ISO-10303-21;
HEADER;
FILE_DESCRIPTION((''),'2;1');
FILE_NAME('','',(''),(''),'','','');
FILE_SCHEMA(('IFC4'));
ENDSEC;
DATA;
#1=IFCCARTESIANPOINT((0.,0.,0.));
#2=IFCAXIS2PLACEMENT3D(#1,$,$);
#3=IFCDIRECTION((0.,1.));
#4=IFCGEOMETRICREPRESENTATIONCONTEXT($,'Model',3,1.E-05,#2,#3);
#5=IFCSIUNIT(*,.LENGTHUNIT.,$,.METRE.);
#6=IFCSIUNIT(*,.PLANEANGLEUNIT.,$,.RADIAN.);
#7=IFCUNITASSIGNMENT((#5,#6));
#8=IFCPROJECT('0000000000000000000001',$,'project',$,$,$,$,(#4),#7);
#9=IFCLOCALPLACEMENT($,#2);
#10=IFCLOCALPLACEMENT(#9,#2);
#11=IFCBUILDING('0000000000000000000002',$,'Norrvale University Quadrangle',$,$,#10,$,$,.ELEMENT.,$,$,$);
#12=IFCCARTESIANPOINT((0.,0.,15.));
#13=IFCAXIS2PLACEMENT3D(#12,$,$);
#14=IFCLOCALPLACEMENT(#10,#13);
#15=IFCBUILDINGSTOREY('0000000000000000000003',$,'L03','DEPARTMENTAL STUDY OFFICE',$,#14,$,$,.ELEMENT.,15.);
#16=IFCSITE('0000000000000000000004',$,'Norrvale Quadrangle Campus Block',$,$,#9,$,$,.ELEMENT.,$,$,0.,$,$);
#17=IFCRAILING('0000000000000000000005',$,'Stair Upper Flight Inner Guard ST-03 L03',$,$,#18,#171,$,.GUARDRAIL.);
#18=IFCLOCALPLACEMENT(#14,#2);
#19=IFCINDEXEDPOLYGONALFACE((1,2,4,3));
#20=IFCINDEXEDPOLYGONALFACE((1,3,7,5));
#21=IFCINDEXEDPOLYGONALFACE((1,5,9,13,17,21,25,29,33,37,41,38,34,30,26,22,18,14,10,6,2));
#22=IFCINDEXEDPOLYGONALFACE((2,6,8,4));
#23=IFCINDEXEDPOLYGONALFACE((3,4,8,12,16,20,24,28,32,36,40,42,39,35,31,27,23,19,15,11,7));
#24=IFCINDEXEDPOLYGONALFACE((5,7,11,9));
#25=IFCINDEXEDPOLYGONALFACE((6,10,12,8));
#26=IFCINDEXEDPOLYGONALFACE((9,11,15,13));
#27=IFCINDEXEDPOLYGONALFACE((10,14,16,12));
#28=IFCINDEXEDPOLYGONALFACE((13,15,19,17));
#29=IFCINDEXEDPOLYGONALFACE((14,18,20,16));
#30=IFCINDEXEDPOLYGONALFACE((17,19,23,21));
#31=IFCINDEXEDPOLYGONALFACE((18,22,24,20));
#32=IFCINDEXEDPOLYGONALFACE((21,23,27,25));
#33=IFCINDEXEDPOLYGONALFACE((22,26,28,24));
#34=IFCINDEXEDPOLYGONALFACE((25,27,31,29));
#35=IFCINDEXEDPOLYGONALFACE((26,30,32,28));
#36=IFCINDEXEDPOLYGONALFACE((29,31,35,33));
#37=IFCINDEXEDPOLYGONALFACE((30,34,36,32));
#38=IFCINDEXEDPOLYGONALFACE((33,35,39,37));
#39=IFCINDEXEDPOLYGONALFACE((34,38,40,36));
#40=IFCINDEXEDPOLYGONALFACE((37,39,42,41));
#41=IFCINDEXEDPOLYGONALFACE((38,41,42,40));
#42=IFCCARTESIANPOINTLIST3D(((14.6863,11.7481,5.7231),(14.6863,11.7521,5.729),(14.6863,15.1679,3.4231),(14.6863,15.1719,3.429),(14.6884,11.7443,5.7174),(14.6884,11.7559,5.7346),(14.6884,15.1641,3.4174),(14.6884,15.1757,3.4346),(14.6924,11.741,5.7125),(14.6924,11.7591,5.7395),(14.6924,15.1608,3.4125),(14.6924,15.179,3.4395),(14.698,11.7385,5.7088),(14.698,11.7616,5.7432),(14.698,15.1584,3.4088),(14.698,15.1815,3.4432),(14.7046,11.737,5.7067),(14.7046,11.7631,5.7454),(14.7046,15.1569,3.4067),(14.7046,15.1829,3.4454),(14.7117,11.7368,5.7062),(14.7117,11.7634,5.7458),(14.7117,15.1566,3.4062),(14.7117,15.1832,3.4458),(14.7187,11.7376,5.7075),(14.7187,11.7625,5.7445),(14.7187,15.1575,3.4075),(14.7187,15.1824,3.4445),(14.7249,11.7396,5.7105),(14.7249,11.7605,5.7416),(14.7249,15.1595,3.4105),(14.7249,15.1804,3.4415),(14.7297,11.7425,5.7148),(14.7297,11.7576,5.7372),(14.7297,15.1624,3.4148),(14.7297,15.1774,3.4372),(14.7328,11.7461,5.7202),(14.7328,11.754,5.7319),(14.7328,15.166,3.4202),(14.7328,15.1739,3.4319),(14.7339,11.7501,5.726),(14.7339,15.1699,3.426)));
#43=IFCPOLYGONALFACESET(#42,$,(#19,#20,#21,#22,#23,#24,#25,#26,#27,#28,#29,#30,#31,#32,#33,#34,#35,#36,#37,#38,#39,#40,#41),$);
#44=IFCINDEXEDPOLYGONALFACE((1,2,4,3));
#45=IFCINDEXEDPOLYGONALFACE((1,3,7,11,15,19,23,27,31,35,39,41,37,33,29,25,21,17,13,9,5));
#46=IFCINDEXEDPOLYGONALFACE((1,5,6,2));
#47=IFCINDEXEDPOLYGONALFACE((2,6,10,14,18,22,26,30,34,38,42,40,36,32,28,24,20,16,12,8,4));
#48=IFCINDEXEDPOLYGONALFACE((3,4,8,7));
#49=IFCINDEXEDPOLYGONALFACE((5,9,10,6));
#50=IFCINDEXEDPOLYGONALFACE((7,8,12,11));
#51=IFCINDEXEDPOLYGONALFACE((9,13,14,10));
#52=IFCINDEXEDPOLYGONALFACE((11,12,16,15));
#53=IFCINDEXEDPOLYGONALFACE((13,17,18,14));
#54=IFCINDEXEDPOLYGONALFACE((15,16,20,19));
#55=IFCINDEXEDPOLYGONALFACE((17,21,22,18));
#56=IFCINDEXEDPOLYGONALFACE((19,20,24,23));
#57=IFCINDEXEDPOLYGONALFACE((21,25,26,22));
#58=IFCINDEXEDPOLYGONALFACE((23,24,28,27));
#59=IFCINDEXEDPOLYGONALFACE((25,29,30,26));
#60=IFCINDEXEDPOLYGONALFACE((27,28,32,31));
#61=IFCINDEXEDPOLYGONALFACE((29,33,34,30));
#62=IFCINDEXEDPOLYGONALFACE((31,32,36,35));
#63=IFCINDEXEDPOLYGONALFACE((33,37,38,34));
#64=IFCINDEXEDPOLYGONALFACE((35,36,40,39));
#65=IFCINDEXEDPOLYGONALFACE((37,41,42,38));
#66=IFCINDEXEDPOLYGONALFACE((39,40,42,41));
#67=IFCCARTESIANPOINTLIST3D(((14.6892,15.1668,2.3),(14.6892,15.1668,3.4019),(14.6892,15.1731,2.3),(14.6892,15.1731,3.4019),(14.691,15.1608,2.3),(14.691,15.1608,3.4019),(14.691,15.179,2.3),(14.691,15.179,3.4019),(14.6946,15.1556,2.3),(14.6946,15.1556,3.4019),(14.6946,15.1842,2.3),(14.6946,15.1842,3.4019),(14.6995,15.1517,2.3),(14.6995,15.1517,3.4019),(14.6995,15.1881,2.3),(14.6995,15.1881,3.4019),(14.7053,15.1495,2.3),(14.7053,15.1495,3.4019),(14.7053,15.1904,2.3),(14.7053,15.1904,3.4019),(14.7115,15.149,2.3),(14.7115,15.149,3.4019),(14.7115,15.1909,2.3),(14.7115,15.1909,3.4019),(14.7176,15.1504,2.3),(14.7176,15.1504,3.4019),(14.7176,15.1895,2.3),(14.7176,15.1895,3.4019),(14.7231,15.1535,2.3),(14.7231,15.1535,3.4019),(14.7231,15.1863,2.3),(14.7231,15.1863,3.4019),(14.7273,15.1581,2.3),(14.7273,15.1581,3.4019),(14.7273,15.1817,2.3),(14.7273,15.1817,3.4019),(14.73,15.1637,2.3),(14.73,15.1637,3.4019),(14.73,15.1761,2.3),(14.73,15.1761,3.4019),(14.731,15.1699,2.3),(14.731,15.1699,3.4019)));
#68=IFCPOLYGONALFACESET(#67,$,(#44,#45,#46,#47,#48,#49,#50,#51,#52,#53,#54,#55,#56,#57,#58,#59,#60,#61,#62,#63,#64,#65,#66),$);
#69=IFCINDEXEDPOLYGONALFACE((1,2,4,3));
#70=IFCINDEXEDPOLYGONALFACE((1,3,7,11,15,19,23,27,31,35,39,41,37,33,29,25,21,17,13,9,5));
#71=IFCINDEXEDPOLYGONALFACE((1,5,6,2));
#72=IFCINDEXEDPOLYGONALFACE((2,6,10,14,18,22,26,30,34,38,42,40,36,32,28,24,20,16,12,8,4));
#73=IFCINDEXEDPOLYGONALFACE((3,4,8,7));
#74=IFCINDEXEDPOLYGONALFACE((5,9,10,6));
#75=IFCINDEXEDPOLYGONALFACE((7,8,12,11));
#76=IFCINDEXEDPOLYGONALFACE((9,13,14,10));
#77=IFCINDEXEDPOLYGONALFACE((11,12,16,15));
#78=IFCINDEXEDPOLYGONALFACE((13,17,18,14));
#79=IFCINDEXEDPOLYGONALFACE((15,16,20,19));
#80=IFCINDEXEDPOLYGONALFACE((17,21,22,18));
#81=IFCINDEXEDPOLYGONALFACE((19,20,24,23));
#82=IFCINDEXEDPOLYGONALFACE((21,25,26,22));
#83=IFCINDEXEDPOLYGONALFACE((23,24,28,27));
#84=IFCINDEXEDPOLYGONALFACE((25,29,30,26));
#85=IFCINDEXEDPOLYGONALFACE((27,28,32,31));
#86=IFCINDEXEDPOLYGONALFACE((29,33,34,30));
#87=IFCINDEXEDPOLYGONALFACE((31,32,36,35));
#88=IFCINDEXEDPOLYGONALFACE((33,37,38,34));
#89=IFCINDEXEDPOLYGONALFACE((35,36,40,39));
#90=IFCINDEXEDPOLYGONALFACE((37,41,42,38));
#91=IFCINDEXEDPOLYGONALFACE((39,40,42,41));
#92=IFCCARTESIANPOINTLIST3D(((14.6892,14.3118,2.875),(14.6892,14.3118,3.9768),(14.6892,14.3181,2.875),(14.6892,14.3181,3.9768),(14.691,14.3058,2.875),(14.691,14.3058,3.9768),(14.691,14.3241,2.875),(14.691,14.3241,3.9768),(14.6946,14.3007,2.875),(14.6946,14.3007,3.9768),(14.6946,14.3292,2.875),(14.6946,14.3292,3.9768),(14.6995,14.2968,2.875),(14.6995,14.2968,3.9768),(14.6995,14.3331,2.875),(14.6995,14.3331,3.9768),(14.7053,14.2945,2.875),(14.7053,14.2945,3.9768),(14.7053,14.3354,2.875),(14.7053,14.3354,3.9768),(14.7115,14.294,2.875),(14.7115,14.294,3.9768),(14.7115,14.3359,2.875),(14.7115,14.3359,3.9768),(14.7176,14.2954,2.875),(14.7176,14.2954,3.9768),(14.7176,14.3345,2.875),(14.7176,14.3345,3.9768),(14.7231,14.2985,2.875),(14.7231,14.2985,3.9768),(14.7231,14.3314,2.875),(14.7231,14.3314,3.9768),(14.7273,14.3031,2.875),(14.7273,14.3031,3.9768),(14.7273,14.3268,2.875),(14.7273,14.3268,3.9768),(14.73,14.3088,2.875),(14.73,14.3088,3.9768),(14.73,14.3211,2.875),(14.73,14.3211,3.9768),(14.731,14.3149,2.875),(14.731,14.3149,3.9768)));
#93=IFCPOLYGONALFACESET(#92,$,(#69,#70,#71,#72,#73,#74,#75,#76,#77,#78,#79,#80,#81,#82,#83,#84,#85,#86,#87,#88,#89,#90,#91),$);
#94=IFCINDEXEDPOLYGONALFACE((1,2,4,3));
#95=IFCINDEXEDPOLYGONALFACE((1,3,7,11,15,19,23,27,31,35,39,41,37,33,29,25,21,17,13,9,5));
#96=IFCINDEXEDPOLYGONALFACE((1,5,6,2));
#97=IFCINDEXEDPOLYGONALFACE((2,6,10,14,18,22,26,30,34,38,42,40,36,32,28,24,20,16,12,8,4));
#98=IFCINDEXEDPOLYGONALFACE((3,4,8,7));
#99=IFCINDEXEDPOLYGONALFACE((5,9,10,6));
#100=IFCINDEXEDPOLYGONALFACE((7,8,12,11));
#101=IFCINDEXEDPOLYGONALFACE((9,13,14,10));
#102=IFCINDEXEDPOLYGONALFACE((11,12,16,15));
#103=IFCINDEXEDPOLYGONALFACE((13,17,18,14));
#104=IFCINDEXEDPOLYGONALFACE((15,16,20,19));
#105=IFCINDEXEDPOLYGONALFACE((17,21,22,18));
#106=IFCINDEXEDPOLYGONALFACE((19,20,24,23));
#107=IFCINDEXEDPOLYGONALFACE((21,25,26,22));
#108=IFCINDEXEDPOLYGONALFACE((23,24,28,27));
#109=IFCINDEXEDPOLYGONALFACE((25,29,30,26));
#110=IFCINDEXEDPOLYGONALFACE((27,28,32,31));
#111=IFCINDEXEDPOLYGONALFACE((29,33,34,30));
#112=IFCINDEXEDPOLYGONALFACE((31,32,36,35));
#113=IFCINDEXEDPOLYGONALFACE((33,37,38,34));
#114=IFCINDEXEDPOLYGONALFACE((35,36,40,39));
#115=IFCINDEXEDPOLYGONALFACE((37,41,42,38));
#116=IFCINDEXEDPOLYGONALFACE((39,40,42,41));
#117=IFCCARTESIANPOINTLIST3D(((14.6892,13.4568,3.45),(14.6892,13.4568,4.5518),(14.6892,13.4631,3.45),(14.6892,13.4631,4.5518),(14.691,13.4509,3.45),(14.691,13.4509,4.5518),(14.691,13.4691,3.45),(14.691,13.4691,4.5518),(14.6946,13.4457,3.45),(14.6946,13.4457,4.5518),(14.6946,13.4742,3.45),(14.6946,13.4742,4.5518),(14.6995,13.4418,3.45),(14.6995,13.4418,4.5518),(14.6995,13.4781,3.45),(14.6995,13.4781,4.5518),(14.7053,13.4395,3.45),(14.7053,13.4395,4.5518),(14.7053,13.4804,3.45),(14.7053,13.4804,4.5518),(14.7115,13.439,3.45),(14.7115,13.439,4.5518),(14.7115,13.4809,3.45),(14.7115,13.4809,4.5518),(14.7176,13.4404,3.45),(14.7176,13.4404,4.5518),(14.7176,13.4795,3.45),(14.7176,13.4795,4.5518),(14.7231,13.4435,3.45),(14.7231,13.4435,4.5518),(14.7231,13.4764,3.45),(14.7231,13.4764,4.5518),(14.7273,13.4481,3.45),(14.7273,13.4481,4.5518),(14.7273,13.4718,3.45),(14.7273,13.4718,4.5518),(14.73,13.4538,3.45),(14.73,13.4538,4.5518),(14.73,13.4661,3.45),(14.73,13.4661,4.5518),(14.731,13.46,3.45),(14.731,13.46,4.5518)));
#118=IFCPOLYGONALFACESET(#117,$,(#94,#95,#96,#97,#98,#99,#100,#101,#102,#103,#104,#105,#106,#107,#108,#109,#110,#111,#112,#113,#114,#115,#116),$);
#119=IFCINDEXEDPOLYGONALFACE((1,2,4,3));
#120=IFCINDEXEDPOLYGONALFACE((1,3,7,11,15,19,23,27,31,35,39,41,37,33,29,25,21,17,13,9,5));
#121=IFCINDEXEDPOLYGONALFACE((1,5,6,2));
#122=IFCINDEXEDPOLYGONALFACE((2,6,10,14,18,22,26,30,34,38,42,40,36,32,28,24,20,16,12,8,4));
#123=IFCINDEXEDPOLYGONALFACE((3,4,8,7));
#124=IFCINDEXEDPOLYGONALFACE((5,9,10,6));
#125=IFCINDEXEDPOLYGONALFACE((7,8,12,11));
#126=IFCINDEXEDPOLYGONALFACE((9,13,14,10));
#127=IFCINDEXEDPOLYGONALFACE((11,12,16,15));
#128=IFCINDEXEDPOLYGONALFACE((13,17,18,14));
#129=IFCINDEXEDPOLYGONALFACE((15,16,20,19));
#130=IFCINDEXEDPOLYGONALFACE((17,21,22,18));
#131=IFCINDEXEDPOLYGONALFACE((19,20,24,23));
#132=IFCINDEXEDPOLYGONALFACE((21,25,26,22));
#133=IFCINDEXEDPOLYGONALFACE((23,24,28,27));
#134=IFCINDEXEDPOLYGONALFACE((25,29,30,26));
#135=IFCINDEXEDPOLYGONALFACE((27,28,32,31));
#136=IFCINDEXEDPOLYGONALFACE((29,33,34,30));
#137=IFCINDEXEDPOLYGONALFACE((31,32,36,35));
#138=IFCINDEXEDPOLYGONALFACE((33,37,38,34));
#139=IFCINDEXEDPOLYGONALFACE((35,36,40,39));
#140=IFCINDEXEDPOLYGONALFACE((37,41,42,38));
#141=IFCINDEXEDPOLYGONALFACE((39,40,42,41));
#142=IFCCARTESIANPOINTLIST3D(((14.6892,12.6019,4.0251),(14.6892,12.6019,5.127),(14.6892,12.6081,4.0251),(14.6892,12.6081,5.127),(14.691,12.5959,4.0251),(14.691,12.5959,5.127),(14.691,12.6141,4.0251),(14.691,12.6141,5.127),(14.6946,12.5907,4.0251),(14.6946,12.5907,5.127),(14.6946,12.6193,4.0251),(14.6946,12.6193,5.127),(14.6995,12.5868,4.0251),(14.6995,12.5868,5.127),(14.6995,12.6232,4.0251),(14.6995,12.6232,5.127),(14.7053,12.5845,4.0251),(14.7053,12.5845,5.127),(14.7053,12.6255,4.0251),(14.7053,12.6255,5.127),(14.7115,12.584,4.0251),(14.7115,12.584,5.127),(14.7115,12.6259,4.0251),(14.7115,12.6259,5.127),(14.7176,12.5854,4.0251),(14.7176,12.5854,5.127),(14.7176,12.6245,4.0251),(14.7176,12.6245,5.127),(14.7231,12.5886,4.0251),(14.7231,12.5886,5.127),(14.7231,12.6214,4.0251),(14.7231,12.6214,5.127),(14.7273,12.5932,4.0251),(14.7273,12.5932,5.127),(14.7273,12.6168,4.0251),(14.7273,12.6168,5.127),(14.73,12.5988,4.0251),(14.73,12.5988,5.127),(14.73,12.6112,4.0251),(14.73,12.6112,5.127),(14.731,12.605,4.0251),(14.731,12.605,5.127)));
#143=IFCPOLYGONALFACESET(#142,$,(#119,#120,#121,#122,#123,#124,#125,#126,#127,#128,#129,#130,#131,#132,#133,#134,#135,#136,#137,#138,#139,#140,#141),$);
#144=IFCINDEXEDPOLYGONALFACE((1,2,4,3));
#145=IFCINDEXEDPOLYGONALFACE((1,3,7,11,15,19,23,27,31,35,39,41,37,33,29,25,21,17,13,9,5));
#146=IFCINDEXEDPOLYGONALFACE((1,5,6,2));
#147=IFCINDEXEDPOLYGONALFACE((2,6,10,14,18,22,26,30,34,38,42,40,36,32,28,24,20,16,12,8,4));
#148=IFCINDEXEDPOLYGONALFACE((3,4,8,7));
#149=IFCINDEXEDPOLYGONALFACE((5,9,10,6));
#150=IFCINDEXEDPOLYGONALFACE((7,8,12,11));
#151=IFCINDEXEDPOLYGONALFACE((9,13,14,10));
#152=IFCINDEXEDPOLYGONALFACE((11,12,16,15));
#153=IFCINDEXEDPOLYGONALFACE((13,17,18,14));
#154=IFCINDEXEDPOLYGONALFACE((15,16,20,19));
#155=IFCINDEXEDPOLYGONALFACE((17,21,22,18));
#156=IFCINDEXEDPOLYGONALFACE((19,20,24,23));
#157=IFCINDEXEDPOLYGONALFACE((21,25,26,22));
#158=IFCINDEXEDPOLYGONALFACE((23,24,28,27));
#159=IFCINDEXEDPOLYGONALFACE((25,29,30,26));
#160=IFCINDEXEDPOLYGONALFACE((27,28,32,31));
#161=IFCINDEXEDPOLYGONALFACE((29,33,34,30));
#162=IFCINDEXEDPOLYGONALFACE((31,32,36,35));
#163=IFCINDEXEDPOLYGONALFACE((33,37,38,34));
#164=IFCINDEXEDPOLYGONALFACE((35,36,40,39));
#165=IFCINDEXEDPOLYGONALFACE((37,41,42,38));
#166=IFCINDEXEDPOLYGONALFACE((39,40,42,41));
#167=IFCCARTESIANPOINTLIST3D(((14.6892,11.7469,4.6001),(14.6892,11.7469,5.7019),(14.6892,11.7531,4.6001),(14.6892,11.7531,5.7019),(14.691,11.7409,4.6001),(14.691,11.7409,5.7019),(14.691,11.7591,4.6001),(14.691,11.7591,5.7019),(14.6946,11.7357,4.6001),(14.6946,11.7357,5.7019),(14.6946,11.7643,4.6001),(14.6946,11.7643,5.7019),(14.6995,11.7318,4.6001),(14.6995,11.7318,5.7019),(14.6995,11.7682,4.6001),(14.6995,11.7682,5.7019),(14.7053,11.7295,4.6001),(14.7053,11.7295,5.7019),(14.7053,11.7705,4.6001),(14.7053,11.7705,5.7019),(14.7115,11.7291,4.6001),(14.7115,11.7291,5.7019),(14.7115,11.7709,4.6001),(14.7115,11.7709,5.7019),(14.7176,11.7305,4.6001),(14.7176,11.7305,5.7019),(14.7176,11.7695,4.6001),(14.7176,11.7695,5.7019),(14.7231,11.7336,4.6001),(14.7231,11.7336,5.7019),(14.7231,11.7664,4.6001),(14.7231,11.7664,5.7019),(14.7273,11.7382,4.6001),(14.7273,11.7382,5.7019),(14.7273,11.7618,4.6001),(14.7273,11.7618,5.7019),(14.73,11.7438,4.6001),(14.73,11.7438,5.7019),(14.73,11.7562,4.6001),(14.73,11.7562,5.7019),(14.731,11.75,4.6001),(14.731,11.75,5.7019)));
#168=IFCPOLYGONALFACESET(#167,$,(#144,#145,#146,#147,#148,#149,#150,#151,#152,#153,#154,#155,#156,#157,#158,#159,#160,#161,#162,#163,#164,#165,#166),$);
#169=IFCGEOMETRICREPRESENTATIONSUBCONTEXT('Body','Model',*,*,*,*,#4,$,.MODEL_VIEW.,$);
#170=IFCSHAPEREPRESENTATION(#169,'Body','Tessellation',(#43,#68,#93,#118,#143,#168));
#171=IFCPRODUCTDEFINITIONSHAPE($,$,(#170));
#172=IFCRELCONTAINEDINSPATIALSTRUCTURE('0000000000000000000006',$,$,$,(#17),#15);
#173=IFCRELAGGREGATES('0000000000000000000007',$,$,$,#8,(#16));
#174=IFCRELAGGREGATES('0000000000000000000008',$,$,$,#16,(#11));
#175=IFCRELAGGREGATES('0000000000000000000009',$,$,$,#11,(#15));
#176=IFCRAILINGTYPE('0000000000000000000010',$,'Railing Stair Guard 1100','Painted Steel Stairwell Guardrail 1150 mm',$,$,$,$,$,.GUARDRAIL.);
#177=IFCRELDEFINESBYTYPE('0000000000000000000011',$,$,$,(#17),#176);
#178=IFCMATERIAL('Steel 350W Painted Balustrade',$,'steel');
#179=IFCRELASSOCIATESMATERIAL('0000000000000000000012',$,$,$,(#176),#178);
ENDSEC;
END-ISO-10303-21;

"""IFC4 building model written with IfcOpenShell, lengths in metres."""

from ifc_helpers import new_model, si_unit, direction, frame, origin, origin_2d, place, context, subcontext, project, spatial, circle, extrude, material, type_object, element, save


model = new_model("IFC4")

# Units and contexts
model_context = context("Model", 3, precision=1e-05, world=origin(), true_north=direction((0.0, 1.0)))
body_context = subcontext(model_context, "Body", "Model", "MODEL_VIEW")
ifc_project = project(units=[si_unit("LENGTHUNIT", "METRE"), si_unit("PLANEANGLEUNIT", "RADIAN")], contexts=[model_context])

# Site, building, storey
site_placement = place(None, origin())
site = spatial("IfcSite", under=ifc_project, at=site_placement, Name="Norrvale Quadrangle Campus Block", CompositionType="ELEMENT", RefElevation=0.0)
building_placement = place(site_placement, origin())
building = spatial("IfcBuilding", under=site, at=building_placement, Name="Norrvale University Quadrangle", CompositionType="ELEMENT")
storey_placement = place(building_placement, frame((0.0, 0.0, 15.0)))
storey = spatial("IfcBuildingStorey", under=building, at=storey_placement, Name="L03", Description="DEPARTMENTAL STUDY OFFICE", CompositionType="ELEMENT", Elevation=15.0)

# Railing
ifc_material_1 = material(Name="Steel 350W Painted Balustrade", Category="steel")
railing_type_1 = type_object("IfcRailingType", Name="Railing Stair Guard 1100", Description="Painted Steel Stairwell Guardrail 1150 mm", PredefinedType="GUARDRAIL", material=ifc_material_1)
railing_1_placement = place(storey_placement, frame((14.71, 15.1699, 2.3)))
element("IfcRailing", 1, at=railing_1_placement, inside=storey, type_object=railing_type_1, Name="Stair Upper Flight Inner Guard ST-03 L03", PredefinedType="GUARDRAIL", context=body_context, shape_type="SweptSolid", body=[
    extrude(circle(Radius=0.0239, at=origin_2d()), frame((0.0, 0.0, 1.126), z_axis=(0.0, -0.829792, 0.558072), x_axis=(1.0, 0.0, 0.0)), (0.0, 0.0, 1.0), 4.1213),
    extrude(circle(Radius=0.021, at=origin_2d()), origin(), (0.0, 0.0, 1.0), 1.1018),
    extrude(circle(Radius=0.021, at=origin_2d()), frame((0.0, -0.855, 0.575)), (0.0, 0.0, 1.0), 1.1018),
    extrude(circle(Radius=0.021, at=origin_2d()), frame((0.0, -1.71, 1.1499)), (0.0, 0.0, 1.0), 1.1018),
    extrude(circle(Radius=0.021, at=origin_2d()), frame((0.0, -2.5649, 1.7251)), (0.0, 0.0, 1.0), 1.1018),
    extrude(circle(Radius=0.021, at=origin_2d()), frame((0.0, -3.4199, 2.3)), (0.0, 0.0, 1.0), 1.1018),
])

save(model, "model.ifc")
